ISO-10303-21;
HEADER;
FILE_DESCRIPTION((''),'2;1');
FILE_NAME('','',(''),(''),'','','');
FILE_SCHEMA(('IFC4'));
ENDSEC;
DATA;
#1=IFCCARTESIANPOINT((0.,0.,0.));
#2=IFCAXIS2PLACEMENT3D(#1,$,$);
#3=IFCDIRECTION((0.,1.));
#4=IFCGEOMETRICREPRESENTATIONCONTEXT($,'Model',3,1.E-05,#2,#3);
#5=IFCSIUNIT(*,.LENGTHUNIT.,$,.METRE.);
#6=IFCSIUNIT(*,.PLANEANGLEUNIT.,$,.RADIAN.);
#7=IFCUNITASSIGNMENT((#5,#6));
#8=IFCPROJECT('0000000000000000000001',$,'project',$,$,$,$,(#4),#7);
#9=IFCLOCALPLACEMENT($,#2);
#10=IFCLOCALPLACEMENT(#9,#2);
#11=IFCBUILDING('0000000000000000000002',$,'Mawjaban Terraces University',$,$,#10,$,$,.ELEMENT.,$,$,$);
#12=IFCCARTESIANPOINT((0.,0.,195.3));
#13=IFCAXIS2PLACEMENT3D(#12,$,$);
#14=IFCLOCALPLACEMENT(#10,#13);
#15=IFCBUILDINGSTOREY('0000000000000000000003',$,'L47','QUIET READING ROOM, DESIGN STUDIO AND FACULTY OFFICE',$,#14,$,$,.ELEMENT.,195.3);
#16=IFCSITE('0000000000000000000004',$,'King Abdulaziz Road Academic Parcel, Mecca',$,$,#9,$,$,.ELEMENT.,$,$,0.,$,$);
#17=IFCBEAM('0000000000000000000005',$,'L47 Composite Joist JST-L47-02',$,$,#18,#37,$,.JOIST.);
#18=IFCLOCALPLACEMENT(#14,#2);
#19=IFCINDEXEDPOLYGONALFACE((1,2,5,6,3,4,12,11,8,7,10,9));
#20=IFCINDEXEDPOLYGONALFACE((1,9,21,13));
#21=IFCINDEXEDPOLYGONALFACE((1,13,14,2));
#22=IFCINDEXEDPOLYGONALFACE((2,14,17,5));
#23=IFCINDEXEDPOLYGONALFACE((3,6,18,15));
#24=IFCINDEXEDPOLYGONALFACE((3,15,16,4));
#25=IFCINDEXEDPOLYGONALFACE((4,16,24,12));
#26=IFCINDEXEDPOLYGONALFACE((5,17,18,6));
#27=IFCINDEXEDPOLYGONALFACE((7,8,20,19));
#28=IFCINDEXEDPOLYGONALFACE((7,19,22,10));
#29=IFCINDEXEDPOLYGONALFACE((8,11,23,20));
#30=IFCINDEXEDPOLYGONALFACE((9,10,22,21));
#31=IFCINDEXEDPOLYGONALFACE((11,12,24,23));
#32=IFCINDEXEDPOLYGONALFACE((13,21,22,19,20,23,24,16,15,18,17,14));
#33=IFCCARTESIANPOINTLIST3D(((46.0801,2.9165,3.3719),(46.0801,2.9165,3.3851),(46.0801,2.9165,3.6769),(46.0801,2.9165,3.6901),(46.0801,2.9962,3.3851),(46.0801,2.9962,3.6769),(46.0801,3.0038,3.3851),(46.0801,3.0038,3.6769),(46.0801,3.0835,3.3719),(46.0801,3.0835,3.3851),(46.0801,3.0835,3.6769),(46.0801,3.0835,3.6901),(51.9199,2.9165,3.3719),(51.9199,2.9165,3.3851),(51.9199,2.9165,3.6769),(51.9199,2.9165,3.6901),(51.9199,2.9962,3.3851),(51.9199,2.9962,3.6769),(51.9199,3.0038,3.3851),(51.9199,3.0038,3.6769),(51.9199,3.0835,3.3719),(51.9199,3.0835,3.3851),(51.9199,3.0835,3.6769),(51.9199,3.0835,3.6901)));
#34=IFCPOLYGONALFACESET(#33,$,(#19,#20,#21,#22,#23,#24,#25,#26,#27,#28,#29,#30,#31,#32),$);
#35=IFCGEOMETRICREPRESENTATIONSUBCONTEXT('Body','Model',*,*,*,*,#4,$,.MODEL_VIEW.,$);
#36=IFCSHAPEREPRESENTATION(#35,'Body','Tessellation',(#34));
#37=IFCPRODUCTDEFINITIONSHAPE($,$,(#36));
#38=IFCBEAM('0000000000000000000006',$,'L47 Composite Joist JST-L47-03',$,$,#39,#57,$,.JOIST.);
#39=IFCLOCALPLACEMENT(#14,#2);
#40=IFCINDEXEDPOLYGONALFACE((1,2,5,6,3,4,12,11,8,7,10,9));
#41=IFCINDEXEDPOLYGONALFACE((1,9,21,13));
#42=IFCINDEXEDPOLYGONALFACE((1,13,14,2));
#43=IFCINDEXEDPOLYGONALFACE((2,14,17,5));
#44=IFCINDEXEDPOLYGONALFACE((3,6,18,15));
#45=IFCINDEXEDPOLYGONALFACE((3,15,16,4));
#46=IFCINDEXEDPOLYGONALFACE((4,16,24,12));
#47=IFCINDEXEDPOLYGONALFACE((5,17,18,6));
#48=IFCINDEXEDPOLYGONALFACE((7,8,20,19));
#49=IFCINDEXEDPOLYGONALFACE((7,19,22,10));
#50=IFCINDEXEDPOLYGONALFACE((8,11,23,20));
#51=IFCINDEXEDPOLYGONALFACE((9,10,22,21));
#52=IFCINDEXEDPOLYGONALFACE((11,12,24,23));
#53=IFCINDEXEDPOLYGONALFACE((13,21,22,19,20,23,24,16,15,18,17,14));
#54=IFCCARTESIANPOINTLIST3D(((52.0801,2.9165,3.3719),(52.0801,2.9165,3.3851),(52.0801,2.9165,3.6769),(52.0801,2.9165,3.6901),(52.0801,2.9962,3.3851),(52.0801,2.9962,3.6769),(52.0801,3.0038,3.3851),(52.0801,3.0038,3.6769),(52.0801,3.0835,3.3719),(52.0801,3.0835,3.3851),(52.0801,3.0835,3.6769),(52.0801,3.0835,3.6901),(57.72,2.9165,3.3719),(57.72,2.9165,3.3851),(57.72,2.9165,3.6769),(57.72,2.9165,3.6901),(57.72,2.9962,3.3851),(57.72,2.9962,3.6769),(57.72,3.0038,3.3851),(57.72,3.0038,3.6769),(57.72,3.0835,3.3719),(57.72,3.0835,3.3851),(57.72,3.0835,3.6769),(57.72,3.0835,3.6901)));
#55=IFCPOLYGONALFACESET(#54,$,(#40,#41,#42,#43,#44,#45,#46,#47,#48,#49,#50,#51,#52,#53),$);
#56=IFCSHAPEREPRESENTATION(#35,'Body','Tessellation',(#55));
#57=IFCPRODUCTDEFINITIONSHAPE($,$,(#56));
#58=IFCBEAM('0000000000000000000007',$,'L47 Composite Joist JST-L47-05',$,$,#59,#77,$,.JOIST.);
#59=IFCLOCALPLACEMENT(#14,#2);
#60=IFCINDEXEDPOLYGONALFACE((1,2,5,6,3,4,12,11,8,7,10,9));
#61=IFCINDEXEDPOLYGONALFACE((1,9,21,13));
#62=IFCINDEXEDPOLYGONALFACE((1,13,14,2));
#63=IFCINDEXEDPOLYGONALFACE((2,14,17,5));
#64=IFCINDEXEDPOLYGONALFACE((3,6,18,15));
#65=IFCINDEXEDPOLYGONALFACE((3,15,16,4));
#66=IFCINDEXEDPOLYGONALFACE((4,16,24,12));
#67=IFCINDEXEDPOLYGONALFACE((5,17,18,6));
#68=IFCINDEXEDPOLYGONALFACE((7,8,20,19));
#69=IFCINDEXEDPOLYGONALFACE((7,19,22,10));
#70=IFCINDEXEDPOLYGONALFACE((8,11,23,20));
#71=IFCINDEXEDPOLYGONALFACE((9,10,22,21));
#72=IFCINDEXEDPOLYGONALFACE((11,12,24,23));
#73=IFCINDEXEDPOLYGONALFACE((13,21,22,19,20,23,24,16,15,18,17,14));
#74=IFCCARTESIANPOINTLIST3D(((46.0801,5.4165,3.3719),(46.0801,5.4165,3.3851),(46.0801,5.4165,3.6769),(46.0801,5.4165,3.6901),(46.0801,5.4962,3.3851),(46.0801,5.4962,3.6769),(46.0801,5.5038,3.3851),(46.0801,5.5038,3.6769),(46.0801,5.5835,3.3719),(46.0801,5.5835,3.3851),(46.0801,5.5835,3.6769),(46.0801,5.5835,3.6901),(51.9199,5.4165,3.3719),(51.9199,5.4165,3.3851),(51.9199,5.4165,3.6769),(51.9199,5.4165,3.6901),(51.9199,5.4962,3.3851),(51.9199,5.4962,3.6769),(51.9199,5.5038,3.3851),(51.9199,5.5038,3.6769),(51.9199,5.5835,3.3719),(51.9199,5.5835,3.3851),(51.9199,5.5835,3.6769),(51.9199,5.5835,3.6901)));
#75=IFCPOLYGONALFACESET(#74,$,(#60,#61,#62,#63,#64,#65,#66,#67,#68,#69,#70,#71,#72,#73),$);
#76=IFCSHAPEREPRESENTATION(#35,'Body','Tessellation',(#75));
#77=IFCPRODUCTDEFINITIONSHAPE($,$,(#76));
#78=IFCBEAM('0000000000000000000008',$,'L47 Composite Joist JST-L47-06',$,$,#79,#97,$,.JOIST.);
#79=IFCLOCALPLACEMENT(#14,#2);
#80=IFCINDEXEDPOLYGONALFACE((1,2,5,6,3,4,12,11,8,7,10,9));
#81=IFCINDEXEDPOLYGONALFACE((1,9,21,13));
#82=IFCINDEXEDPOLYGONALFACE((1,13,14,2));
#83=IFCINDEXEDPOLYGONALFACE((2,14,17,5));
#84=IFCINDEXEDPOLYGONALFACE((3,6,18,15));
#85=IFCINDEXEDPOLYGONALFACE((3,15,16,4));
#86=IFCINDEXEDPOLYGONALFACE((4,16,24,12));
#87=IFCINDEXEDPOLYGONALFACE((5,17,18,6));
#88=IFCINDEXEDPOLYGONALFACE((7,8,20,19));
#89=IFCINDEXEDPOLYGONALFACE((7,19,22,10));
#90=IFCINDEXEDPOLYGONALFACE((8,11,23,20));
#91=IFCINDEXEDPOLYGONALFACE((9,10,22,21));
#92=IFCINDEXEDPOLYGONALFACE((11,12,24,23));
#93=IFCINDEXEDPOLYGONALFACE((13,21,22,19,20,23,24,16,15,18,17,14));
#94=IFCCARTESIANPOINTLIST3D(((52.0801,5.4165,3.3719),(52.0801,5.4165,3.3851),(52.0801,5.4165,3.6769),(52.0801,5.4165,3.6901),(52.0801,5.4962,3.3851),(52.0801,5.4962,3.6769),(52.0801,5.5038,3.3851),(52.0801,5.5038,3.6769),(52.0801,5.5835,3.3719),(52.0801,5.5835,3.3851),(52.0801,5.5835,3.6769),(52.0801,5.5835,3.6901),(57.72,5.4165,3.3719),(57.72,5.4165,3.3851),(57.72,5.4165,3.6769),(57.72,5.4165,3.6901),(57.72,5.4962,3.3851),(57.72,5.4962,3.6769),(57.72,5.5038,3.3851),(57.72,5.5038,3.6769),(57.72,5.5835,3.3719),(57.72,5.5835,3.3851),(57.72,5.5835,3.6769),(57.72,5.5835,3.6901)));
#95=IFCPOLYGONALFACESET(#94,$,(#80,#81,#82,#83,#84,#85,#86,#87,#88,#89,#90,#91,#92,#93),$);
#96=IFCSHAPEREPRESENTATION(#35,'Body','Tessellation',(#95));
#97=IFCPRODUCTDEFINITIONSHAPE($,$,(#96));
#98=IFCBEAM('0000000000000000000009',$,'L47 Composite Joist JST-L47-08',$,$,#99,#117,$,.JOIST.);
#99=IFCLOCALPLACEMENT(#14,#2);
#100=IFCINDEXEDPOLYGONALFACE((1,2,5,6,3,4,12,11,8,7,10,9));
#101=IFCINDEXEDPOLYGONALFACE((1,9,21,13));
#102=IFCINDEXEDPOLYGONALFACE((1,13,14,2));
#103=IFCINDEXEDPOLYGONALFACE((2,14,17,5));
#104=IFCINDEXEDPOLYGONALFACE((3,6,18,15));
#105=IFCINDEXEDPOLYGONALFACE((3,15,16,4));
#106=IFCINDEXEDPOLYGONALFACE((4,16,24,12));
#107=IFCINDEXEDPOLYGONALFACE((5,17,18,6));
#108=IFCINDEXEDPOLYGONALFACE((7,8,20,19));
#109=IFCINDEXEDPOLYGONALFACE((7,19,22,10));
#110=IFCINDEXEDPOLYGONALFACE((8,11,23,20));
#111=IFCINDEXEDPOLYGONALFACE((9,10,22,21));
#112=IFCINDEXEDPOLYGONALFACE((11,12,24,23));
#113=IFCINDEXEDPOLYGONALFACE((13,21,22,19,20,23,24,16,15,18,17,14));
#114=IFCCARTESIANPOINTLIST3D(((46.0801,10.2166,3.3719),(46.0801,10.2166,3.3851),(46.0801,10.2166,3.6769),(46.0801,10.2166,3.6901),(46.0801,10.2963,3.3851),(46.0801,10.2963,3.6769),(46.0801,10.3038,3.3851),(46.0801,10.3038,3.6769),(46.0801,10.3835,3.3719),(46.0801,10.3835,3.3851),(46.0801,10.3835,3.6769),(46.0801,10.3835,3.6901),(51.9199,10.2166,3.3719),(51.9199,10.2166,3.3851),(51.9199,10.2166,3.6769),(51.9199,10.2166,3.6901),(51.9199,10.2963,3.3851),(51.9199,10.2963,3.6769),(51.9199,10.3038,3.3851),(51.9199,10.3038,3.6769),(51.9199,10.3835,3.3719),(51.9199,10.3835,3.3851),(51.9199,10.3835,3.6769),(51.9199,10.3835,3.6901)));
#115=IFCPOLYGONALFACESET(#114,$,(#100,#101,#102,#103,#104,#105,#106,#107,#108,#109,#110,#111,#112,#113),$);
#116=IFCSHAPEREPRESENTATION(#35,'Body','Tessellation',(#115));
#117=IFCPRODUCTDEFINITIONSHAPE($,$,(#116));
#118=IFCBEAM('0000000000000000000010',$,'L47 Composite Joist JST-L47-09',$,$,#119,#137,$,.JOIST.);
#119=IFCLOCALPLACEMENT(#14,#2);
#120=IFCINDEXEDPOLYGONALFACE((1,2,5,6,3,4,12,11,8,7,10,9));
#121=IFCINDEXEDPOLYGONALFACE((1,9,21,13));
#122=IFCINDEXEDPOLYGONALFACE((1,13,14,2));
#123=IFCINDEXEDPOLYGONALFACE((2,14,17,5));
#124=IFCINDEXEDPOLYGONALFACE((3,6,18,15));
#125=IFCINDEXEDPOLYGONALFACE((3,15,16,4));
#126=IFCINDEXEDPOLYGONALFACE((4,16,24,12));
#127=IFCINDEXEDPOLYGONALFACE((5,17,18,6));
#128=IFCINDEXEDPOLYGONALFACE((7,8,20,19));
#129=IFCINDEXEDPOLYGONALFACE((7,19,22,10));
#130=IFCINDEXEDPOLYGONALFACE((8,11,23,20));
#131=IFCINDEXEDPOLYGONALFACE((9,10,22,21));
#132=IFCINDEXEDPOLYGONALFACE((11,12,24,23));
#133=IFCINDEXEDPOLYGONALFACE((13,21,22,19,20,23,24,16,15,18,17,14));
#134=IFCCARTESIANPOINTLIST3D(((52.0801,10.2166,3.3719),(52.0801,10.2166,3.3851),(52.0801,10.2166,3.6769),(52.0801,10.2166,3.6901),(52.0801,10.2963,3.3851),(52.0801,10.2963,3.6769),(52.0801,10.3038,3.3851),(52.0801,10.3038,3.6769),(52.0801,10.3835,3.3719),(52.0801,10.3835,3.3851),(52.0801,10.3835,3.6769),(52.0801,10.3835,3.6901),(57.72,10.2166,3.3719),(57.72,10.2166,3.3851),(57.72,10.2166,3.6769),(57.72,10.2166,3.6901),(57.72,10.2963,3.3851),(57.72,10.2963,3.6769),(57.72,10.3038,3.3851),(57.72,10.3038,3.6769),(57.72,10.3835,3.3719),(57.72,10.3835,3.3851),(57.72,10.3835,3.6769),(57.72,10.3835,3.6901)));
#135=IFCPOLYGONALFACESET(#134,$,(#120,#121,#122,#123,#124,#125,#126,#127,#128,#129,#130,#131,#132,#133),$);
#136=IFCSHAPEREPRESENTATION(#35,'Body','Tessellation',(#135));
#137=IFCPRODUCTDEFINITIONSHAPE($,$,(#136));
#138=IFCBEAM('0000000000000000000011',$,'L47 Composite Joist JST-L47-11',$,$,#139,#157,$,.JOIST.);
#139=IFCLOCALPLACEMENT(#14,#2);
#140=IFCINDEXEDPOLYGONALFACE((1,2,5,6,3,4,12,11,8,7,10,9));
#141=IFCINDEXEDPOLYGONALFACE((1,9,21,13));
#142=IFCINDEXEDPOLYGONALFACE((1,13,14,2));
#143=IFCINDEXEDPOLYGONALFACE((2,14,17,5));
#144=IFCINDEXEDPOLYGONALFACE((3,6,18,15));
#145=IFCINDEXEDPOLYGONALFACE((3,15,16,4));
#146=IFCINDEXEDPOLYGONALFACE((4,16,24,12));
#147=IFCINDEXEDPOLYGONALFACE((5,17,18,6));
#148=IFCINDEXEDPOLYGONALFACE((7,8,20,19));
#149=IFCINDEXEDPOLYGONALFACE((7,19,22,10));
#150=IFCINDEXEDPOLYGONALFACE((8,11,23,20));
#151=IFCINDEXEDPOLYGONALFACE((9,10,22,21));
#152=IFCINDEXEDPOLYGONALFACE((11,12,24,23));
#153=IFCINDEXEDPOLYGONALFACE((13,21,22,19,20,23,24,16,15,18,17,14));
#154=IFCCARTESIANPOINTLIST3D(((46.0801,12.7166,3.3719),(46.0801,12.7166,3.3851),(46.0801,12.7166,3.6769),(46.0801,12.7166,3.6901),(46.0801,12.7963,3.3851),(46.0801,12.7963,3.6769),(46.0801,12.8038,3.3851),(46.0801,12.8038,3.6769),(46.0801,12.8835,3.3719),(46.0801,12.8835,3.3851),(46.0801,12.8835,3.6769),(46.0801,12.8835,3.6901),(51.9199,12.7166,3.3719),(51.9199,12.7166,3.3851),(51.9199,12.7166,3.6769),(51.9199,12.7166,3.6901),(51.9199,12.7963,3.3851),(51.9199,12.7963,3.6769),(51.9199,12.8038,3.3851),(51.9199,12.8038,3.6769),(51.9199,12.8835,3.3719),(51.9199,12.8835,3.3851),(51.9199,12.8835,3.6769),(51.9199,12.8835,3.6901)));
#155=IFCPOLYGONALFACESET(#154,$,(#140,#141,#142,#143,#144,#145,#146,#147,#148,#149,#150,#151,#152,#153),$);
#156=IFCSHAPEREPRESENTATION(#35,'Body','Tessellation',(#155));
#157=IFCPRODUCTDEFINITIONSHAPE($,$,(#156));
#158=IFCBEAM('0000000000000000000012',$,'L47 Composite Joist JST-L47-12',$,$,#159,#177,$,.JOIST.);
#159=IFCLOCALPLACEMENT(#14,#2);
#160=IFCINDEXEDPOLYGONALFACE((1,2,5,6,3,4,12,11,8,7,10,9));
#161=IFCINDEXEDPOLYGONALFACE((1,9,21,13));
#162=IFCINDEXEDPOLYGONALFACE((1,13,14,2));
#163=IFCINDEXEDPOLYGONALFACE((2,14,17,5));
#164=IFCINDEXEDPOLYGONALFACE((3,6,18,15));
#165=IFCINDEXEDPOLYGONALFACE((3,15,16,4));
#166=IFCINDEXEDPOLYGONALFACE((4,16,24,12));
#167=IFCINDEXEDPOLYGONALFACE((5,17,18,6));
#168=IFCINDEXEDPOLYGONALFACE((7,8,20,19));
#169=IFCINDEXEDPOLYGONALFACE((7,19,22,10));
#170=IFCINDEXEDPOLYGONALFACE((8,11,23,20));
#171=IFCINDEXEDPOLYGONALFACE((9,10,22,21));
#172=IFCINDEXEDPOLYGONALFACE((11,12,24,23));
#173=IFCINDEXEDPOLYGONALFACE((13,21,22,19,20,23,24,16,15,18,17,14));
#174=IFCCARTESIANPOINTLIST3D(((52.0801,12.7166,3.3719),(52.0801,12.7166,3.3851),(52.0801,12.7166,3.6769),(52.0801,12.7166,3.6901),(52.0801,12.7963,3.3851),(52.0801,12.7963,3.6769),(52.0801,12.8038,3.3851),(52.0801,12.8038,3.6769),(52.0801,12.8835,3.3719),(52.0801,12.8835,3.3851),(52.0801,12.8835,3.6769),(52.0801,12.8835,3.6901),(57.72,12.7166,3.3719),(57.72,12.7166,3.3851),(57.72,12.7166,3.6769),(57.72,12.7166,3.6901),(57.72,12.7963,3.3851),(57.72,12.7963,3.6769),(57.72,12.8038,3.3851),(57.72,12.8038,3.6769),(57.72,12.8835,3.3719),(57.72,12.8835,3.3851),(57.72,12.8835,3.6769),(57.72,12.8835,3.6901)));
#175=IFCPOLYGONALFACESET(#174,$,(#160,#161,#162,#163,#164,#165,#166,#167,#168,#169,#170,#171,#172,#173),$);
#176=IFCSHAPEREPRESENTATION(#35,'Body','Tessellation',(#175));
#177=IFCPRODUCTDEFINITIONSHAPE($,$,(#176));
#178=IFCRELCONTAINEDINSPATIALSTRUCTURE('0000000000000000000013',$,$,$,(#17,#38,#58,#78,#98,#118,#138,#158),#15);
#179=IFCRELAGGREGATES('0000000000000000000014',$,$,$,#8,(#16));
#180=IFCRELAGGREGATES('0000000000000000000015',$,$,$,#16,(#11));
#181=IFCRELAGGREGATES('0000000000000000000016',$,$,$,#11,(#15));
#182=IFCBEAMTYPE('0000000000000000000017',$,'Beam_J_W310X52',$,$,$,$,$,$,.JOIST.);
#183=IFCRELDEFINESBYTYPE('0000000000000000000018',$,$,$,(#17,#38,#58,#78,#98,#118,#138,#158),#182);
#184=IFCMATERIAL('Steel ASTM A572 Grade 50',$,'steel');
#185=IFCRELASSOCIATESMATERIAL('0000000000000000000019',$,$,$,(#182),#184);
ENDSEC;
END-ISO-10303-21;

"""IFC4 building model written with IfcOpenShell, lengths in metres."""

from ifc_helpers import new_model, si_unit, direction, frame, origin, origin_2d, place, context, subcontext, project, spatial, i_section, extrude, material, material_profile, profile_set, type_object, element, save


model = new_model("IFC4")

# Units and contexts
model_context = context("Model", 3, precision=1e-05, world=origin(), true_north=direction((0.0, 1.0)))
body_context = subcontext(model_context, "Body", "Model", "MODEL_VIEW")
ifc_project = project(units=[si_unit("LENGTHUNIT", "METRE"), si_unit("PLANEANGLEUNIT", "RADIAN")], contexts=[model_context])

# Site, building, storey
site_placement = place(None, origin())
site = spatial("IfcSite", under=ifc_project, at=site_placement, Name="King Abdulaziz Road Academic Parcel, Mecca", CompositionType="ELEMENT", RefElevation=0.0)
building_placement = place(site_placement, origin())
building = spatial("IfcBuilding", under=site, at=building_placement, Name="Mawjaban Terraces University", CompositionType="ELEMENT")
storey_placement = place(building_placement, frame((0.0, 0.0, 195.3)))
storey = spatial("IfcBuildingStorey", under=building, at=storey_placement, Name="L47", Description="QUIET READING ROOM, DESIGN STUDIO AND FACULTY OFFICE", CompositionType="ELEMENT", Elevation=195.3)

# Beams
ifc_material_1 = material(Name="Steel ASTM A572 Grade 50", Category="steel")
ifc_material_profile_1 = material_profile(ifc_material_1, i_section(OverallWidth=0.167, OverallDepth=0.3181, WebThickness=0.0076, FlangeThickness=0.0132, at=origin_2d()), Name="W310X52")
ifc_profile_set_1 = profile_set([ifc_material_profile_1], Name="Steel ASTM A572 Grade 50")
beam_type_1 = type_object("IfcBeamType", Name="Beam_J_W310X52", PredefinedType="JOIST", material=ifc_profile_set_1)
beam_1_placement = place(storey_placement, frame((46.0801, 3.0, 3.531), z_axis=(1.0, 0.0, 0.0), x_axis=(0.0, 1.0, 0.0)))
element("IfcBeam", 1, at=beam_1_placement, inside=storey, type_object=beam_type_1, Name="L47 Composite Joist JST-L47-02", PredefinedType="JOIST", context=body_context, shape_type="SweptSolid", body=[
    extrude(i_section(OverallWidth=0.167, OverallDepth=0.3181, WebThickness=0.0076, FlangeThickness=0.0132, at=origin_2d()), origin(), (0.0, 0.0, 1.0), 5.8398),
])
beam_2_placement = place(storey_placement, frame((52.0801, 3.0, 3.531), z_axis=(1.0, 0.0, 0.0), x_axis=(0.0, 1.0, 0.0)))
element("IfcBeam", 2, at=beam_2_placement, inside=storey, type_object=beam_type_1, Name="L47 Composite Joist JST-L47-03", PredefinedType="JOIST", context=body_context, shape_type="SweptSolid", body=[
    extrude(i_section(OverallWidth=0.167, OverallDepth=0.3181, WebThickness=0.0076, FlangeThickness=0.0132, at=origin_2d()), origin(), (0.0, 0.0, 1.0), 5.6399),
])
beam_3_placement = place(storey_placement, frame((46.0801, 5.5, 3.531), z_axis=(1.0, 0.0, 0.0), x_axis=(0.0, 1.0, 0.0)))
element("IfcBeam", 3, at=beam_3_placement, inside=storey, type_object=beam_type_1, Name="L47 Composite Joist JST-L47-05", PredefinedType="JOIST", context=body_context, shape_type="SweptSolid", body=[
    extrude(i_section(OverallWidth=0.167, OverallDepth=0.3181, WebThickness=0.0076, FlangeThickness=0.0132, at=origin_2d()), origin(), (0.0, 0.0, 1.0), 5.8398),
])
beam_4_placement = place(storey_placement, frame((52.0801, 5.5, 3.531), z_axis=(1.0, 0.0, 0.0), x_axis=(0.0, 1.0, 0.0)))
element("IfcBeam", 4, at=beam_4_placement, inside=storey, type_object=beam_type_1, Name="L47 Composite Joist JST-L47-06", PredefinedType="JOIST", context=body_context, shape_type="SweptSolid", body=[
    extrude(i_section(OverallWidth=0.167, OverallDepth=0.3181, WebThickness=0.0076, FlangeThickness=0.0132, at=origin_2d()), origin(), (0.0, 0.0, 1.0), 5.6399),
])
beam_5_placement = place(storey_placement, frame((46.0801, 10.3, 3.531), z_axis=(1.0, 0.0, 0.0), x_axis=(0.0, 1.0, 0.0)))
element("IfcBeam", 5, at=beam_5_placement, inside=storey, type_object=beam_type_1, Name="L47 Composite Joist JST-L47-08", PredefinedType="JOIST", context=body_context, shape_type="SweptSolid", body=[
    extrude(i_section(OverallWidth=0.167, OverallDepth=0.3181, WebThickness=0.0076, FlangeThickness=0.0132, at=origin_2d()), origin(), (0.0, 0.0, 1.0), 5.8398),
])
beam_6_placement = place(storey_placement, frame((52.0801, 10.3, 3.531), z_axis=(1.0, 0.0, 0.0), x_axis=(0.0, 1.0, 0.0)))
element("IfcBeam", 6, at=beam_6_placement, inside=storey, type_object=beam_type_1, Name="L47 Composite Joist JST-L47-09", PredefinedType="JOIST", context=body_context, shape_type="SweptSolid", body=[
    extrude(i_section(OverallWidth=0.167, OverallDepth=0.3181, WebThickness=0.0076, FlangeThickness=0.0132, at=origin_2d()), origin(), (0.0, 0.0, 1.0), 5.6399),
])
beam_7_placement = place(storey_placement, frame((46.0801, 12.8, 3.531), z_axis=(1.0, 0.0, 0.0), x_axis=(0.0, 1.0, 0.0)))
element("IfcBeam", 7, at=beam_7_placement, inside=storey, type_object=beam_type_1, Name="L47 Composite Joist JST-L47-11", PredefinedType="JOIST", context=body_context, shape_type="SweptSolid", body=[
    extrude(i_section(OverallWidth=0.167, OverallDepth=0.3181, WebThickness=0.0076, FlangeThickness=0.0132, at=origin_2d()), origin(), (0.0, 0.0, 1.0), 5.8398),
])
beam_8_placement = place(storey_placement, frame((52.0801, 12.8, 3.531), z_axis=(1.0, 0.0, 0.0), x_axis=(0.0, 1.0, 0.0)))
element("IfcBeam", 8, at=beam_8_placement, inside=storey, type_object=beam_type_1, Name="L47 Composite Joist JST-L47-12", PredefinedType="JOIST", context=body_context, shape_type="SweptSolid", body=[
    extrude(i_section(OverallWidth=0.167, OverallDepth=0.3181, WebThickness=0.0076, FlangeThickness=0.0132, at=origin_2d()), origin(), (0.0, 0.0, 1.0), 5.6399),
])

save(model, "model.ifc")
